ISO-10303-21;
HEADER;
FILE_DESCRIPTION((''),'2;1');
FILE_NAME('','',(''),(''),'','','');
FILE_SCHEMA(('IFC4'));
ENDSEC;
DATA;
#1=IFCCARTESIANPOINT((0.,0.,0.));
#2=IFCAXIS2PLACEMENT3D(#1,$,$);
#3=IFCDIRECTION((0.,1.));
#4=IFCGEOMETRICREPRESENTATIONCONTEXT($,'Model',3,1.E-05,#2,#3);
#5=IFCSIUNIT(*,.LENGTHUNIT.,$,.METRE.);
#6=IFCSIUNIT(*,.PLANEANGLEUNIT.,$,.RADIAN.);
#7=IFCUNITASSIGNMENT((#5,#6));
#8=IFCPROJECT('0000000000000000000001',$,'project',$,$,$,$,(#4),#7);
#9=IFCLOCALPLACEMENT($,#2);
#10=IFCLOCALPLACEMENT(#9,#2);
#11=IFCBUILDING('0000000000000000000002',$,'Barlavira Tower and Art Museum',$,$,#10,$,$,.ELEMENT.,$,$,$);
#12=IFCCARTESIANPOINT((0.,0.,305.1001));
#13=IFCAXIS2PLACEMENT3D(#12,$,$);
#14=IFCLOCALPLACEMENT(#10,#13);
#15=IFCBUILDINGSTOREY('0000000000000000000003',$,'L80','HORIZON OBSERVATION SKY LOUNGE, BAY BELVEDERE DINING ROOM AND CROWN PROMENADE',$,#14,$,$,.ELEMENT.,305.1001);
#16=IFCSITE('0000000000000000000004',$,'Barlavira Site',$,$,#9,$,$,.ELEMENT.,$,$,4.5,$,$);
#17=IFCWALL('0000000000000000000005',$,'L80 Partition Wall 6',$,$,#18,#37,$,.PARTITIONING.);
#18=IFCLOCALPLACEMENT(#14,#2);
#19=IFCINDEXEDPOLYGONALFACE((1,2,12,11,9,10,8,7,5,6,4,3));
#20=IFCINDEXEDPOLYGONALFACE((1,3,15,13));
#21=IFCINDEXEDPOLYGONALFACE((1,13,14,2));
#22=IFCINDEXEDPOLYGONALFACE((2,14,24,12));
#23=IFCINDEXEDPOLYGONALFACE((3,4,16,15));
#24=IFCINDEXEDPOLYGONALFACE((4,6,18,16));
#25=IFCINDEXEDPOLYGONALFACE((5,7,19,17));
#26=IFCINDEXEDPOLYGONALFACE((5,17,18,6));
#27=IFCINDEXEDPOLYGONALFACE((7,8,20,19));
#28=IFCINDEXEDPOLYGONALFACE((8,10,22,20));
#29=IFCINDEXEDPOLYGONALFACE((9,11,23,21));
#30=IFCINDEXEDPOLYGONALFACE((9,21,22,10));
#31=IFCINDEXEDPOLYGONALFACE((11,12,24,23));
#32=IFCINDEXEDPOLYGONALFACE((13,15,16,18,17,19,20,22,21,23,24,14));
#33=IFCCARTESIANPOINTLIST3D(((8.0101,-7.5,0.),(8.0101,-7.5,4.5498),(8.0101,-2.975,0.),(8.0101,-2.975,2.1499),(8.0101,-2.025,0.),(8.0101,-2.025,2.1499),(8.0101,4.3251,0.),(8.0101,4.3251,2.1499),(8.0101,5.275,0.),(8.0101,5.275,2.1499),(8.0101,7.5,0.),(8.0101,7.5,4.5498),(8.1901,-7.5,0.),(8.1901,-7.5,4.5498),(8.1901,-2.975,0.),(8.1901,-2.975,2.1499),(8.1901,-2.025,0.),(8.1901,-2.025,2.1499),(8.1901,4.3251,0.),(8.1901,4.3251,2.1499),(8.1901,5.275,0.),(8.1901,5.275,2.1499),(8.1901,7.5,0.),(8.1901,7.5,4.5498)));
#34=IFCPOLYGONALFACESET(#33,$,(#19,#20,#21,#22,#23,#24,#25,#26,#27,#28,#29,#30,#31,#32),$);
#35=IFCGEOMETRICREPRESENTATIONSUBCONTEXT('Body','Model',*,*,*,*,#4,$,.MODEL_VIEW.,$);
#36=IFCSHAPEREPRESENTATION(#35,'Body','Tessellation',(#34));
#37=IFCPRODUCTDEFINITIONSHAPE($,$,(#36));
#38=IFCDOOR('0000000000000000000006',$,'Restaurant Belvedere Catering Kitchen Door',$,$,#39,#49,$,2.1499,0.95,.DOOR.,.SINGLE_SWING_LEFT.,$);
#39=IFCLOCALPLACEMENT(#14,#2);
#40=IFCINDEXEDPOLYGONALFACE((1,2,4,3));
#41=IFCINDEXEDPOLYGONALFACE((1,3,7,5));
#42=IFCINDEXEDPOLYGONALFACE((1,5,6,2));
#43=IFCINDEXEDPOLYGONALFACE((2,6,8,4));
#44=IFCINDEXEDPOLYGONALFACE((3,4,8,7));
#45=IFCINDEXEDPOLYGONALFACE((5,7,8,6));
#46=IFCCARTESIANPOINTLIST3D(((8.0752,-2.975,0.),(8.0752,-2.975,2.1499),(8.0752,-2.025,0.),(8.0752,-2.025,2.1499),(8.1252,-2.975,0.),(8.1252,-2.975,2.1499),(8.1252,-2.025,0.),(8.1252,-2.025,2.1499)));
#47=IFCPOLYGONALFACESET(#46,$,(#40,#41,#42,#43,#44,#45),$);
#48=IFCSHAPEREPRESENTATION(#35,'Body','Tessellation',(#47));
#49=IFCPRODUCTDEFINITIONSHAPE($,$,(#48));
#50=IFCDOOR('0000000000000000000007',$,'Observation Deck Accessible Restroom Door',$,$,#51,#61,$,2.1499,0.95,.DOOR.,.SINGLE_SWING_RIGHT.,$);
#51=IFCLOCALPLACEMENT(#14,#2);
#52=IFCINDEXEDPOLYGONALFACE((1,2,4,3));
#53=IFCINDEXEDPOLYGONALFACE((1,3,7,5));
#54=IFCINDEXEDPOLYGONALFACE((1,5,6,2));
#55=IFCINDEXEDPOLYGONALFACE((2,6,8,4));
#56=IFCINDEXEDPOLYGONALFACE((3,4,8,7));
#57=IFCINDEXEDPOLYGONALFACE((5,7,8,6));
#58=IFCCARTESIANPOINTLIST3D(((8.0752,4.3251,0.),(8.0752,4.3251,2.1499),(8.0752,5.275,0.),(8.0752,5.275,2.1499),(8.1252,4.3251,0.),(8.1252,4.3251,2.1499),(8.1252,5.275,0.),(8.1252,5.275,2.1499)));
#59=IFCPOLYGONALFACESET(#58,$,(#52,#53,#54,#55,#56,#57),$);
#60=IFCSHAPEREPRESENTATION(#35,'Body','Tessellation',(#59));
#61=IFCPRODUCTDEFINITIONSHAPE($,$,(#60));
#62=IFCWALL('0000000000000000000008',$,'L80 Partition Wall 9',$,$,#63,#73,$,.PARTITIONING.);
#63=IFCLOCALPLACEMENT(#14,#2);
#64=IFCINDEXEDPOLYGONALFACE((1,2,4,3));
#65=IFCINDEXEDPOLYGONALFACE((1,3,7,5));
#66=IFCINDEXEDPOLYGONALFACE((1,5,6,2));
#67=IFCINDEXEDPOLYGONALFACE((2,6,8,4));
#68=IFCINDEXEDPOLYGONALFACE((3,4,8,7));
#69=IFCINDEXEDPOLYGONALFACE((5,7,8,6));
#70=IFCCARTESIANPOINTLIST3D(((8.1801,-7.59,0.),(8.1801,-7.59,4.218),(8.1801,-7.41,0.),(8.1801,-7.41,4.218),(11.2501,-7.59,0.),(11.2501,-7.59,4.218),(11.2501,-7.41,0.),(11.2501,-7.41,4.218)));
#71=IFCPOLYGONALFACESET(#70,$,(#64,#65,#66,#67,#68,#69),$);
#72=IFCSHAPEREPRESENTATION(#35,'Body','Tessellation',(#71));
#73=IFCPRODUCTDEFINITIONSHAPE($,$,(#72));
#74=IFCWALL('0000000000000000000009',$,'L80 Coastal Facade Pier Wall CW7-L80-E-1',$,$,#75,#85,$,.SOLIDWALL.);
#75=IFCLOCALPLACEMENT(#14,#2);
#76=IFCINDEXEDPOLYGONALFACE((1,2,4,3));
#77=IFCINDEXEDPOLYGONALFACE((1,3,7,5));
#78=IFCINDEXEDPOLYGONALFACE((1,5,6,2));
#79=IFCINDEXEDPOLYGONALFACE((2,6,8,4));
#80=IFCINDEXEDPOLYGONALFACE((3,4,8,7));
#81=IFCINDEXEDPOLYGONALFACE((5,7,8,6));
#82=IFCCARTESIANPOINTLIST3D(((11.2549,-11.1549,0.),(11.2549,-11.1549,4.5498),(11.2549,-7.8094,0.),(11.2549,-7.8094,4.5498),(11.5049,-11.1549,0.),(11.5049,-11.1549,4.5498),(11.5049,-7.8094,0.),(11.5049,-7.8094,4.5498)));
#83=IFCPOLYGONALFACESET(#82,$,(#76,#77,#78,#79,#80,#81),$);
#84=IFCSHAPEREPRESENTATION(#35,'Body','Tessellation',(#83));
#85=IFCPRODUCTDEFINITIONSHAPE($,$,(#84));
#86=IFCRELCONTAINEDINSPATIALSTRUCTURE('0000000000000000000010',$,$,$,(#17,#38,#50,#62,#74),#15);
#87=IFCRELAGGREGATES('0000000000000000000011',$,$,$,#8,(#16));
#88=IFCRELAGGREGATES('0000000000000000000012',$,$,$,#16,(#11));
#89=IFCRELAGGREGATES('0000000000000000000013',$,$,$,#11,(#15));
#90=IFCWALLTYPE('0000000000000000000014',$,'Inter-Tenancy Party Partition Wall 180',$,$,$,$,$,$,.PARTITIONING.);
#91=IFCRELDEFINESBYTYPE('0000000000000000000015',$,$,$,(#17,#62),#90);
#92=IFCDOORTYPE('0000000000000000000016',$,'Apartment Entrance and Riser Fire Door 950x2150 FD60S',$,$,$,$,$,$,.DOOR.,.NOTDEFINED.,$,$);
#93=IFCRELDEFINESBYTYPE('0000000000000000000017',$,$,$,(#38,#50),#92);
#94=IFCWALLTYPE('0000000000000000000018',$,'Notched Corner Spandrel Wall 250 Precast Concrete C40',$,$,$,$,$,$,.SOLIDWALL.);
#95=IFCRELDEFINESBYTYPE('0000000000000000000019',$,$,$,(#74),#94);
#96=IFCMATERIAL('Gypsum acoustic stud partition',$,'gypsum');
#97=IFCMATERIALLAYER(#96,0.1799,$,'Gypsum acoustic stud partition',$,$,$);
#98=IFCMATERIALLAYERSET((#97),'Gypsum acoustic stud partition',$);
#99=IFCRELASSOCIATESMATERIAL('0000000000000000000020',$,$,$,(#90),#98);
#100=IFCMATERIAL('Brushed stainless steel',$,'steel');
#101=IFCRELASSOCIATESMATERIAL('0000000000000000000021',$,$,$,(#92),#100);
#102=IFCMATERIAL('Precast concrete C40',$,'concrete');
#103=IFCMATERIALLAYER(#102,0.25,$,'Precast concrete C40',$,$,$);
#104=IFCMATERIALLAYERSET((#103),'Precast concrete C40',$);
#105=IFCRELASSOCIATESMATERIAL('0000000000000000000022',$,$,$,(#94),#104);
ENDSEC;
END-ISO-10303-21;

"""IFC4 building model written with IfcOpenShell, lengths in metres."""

from ifc_helpers import new_model, si_unit, direction, frame, frame_2d, origin, place, context, subcontext, project, spatial, rectangle, extrude, material, layer, layer_set, type_object, element, fill, save


model = new_model("IFC4")

# Units and contexts
model_context = context("Model", 3, precision=1e-05, world=origin(), true_north=direction((0.0, 1.0)))
body_context = subcontext(model_context, "Body", "Model", "MODEL_VIEW")
ifc_project = project(units=[si_unit("LENGTHUNIT", "METRE"), si_unit("PLANEANGLEUNIT", "RADIAN")], contexts=[model_context])

# Site, building, storey
site_placement = place(None, origin())
site = spatial("IfcSite", under=ifc_project, at=site_placement, Name="Barlavira Site", CompositionType="ELEMENT", RefElevation=4.5)
building_placement = place(site_placement, origin())
building = spatial("IfcBuilding", under=site, at=building_placement, Name="Barlavira Tower and Art Museum", CompositionType="ELEMENT")
storey_placement = place(building_placement, frame((0.0, 0.0, 305.1001)))
storey = spatial("IfcBuildingStorey", under=building, at=storey_placement, Name="L80", Description="HORIZON OBSERVATION SKY LOUNGE, BAY BELVEDERE DINING ROOM AND CROWN PROMENADE", CompositionType="ELEMENT", Elevation=305.1001)

# Wall, openings, doors
ifc_material_1 = material(Name="Gypsum acoustic stud partition", Category="gypsum")
ifc_layer_1 = layer(ifc_material_1, 0.1799, Name="Gypsum acoustic stud partition")
ifc_layer_set_1 = layer_set([ifc_layer_1], Name="Gypsum acoustic stud partition")
wall_type_1 = type_object("IfcWallType", Name="Inter-Tenancy Party Partition Wall 180", PredefinedType="PARTITIONING", material=ifc_layer_set_1)
wall_1_placement = place(storey_placement, frame((8.1001, -7.5, 0.0), z_axis=(0.0, 0.0, 1.0), x_axis=(0.0, 1.0, 0.0)))
wall_1 = element("IfcWall", 1, at=wall_1_placement, inside=storey, type_object=wall_type_1, Name="L80 Partition Wall 6", PredefinedType="PARTITIONING", context=body_context, shape_type="SweptSolid", body=[
    extrude(rectangle(XDim=15.0, YDim=0.1799, at=frame_2d((7.5, 0.0))), origin(), (0.0, 0.0, 1.0), 4.5498),
])
opening_1_placement = place(wall_1_placement, frame((4.5249, 0.0, 0.0)))
opening_1 = element("IfcOpeningElement", 2, at=opening_1_placement, cuts=wall_1, PredefinedType="OPENING", context=body_context, shape_type="SweptSolid", body=[
    extrude(rectangle(XDim=0.95, YDim=2.1499, at=frame_2d((0.4751, 1.075))), frame((0.0, 0.1001, 0.0), z_axis=(0.0, -1.0, 0.0), x_axis=(1.0, 0.0, 0.0)), (0.0, 0.0, 1.0), 0.2),
])
opening_2_placement = place(wall_1_placement, frame((11.825, 0.0, 0.0)))
opening_2 = element("IfcOpeningElement", 3, at=opening_2_placement, cuts=wall_1, PredefinedType="OPENING", context=body_context, shape_type="SweptSolid", body=[
    extrude(rectangle(XDim=0.95, YDim=2.1499, at=frame_2d((0.4751, 1.075))), frame((0.0, 0.1001, 0.0), z_axis=(0.0, -1.0, 0.0), x_axis=(1.0, 0.0, 0.0)), (0.0, 0.0, 1.0), 0.2),
])
ifc_material_2 = material(Name="Brushed stainless steel", Category="steel")
door_type = type_object("IfcDoorType", Name="Apartment Entrance and Riser Fire Door 950x2150 FD60S", OperationType="NOTDEFINED", PredefinedType="DOOR", material=ifc_material_2)
door_1_placement = place(opening_1_placement, origin())
door_1 = element("IfcDoor", 4, at=door_1_placement, inside=storey, type_object=door_type, Name="Restaurant Belvedere Catering Kitchen Door", OperationType="SINGLE_SWING_LEFT", OverallHeight=2.1499, OverallWidth=0.95, PredefinedType="DOOR", context=body_context, shape_type="SweptSolid", body=[
    extrude(rectangle(XDim=0.95, YDim=2.1499, at=frame_2d((0.4751, 1.075))), frame((0.0, 0.0249, 0.0), z_axis=(0.0, -1.0, 0.0), x_axis=(1.0, 0.0, 0.0)), (0.0, 0.0, 1.0), 0.05),
])
fill(opening_1, door_1)
door_2_placement = place(opening_2_placement, origin())
door_2 = element("IfcDoor", 5, at=door_2_placement, inside=storey, type_object=door_type, Name="Observation Deck Accessible Restroom Door", OperationType="SINGLE_SWING_RIGHT", OverallHeight=2.1499, OverallWidth=0.95, PredefinedType="DOOR", context=body_context, shape_type="SweptSolid", body=[
    extrude(rectangle(XDim=0.95, YDim=2.1499, at=frame_2d((0.4751, 1.075))), frame((0.0, 0.0249, 0.0), z_axis=(0.0, -1.0, 0.0), x_axis=(1.0, 0.0, 0.0)), (0.0, 0.0, 1.0), 0.05),
])
fill(opening_2, door_2)

# Walls
wall_2_placement = place(storey_placement, frame((8.1799, -7.5, 0.0), z_axis=(0.0, 0.0, 1.0), x_axis=(1.0, 0.0, 0.0)))
element("IfcWall", 6, at=wall_2_placement, inside=storey, type_object=wall_type_1, Name="L80 Partition Wall 9", PredefinedType="PARTITIONING", context=body_context, shape_type="SweptSolid", body=[
    extrude(rectangle(XDim=3.0701, YDim=0.1799, at=frame_2d((1.5352, 0.0))), origin(), (0.0, 0.0, 1.0), 4.218),
])
ifc_material_3 = material(Name="Precast concrete C40", Category="concrete")
ifc_layer_2 = layer(ifc_material_3, 0.25, Name="Precast concrete C40")
ifc_layer_set_2 = layer_set([ifc_layer_2], Name="Precast concrete C40")
wall_type_2 = type_object("IfcWallType", Name="Notched Corner Spandrel Wall 250 Precast Concrete C40", PredefinedType="SOLIDWALL", material=ifc_layer_set_2)
wall_3_placement = place(storey_placement, frame((11.3799, -11.155, 0.0), z_axis=(0.0, 0.0, 1.0), x_axis=(0.0, 1.0, 0.0)))
element("IfcWall", 7, at=wall_3_placement, inside=storey, type_object=wall_type_2, Name="L80 Coastal Facade Pier Wall CW7-L80-E-1", PredefinedType="SOLIDWALL", context=body_context, shape_type="SweptSolid", body=[
    extrude(rectangle(XDim=3.3455, YDim=0.25, at=frame_2d((1.6729, 0.0))), origin(), (0.0, 0.0, 1.0), 4.5498),
])

save(model, "model.ifc")
